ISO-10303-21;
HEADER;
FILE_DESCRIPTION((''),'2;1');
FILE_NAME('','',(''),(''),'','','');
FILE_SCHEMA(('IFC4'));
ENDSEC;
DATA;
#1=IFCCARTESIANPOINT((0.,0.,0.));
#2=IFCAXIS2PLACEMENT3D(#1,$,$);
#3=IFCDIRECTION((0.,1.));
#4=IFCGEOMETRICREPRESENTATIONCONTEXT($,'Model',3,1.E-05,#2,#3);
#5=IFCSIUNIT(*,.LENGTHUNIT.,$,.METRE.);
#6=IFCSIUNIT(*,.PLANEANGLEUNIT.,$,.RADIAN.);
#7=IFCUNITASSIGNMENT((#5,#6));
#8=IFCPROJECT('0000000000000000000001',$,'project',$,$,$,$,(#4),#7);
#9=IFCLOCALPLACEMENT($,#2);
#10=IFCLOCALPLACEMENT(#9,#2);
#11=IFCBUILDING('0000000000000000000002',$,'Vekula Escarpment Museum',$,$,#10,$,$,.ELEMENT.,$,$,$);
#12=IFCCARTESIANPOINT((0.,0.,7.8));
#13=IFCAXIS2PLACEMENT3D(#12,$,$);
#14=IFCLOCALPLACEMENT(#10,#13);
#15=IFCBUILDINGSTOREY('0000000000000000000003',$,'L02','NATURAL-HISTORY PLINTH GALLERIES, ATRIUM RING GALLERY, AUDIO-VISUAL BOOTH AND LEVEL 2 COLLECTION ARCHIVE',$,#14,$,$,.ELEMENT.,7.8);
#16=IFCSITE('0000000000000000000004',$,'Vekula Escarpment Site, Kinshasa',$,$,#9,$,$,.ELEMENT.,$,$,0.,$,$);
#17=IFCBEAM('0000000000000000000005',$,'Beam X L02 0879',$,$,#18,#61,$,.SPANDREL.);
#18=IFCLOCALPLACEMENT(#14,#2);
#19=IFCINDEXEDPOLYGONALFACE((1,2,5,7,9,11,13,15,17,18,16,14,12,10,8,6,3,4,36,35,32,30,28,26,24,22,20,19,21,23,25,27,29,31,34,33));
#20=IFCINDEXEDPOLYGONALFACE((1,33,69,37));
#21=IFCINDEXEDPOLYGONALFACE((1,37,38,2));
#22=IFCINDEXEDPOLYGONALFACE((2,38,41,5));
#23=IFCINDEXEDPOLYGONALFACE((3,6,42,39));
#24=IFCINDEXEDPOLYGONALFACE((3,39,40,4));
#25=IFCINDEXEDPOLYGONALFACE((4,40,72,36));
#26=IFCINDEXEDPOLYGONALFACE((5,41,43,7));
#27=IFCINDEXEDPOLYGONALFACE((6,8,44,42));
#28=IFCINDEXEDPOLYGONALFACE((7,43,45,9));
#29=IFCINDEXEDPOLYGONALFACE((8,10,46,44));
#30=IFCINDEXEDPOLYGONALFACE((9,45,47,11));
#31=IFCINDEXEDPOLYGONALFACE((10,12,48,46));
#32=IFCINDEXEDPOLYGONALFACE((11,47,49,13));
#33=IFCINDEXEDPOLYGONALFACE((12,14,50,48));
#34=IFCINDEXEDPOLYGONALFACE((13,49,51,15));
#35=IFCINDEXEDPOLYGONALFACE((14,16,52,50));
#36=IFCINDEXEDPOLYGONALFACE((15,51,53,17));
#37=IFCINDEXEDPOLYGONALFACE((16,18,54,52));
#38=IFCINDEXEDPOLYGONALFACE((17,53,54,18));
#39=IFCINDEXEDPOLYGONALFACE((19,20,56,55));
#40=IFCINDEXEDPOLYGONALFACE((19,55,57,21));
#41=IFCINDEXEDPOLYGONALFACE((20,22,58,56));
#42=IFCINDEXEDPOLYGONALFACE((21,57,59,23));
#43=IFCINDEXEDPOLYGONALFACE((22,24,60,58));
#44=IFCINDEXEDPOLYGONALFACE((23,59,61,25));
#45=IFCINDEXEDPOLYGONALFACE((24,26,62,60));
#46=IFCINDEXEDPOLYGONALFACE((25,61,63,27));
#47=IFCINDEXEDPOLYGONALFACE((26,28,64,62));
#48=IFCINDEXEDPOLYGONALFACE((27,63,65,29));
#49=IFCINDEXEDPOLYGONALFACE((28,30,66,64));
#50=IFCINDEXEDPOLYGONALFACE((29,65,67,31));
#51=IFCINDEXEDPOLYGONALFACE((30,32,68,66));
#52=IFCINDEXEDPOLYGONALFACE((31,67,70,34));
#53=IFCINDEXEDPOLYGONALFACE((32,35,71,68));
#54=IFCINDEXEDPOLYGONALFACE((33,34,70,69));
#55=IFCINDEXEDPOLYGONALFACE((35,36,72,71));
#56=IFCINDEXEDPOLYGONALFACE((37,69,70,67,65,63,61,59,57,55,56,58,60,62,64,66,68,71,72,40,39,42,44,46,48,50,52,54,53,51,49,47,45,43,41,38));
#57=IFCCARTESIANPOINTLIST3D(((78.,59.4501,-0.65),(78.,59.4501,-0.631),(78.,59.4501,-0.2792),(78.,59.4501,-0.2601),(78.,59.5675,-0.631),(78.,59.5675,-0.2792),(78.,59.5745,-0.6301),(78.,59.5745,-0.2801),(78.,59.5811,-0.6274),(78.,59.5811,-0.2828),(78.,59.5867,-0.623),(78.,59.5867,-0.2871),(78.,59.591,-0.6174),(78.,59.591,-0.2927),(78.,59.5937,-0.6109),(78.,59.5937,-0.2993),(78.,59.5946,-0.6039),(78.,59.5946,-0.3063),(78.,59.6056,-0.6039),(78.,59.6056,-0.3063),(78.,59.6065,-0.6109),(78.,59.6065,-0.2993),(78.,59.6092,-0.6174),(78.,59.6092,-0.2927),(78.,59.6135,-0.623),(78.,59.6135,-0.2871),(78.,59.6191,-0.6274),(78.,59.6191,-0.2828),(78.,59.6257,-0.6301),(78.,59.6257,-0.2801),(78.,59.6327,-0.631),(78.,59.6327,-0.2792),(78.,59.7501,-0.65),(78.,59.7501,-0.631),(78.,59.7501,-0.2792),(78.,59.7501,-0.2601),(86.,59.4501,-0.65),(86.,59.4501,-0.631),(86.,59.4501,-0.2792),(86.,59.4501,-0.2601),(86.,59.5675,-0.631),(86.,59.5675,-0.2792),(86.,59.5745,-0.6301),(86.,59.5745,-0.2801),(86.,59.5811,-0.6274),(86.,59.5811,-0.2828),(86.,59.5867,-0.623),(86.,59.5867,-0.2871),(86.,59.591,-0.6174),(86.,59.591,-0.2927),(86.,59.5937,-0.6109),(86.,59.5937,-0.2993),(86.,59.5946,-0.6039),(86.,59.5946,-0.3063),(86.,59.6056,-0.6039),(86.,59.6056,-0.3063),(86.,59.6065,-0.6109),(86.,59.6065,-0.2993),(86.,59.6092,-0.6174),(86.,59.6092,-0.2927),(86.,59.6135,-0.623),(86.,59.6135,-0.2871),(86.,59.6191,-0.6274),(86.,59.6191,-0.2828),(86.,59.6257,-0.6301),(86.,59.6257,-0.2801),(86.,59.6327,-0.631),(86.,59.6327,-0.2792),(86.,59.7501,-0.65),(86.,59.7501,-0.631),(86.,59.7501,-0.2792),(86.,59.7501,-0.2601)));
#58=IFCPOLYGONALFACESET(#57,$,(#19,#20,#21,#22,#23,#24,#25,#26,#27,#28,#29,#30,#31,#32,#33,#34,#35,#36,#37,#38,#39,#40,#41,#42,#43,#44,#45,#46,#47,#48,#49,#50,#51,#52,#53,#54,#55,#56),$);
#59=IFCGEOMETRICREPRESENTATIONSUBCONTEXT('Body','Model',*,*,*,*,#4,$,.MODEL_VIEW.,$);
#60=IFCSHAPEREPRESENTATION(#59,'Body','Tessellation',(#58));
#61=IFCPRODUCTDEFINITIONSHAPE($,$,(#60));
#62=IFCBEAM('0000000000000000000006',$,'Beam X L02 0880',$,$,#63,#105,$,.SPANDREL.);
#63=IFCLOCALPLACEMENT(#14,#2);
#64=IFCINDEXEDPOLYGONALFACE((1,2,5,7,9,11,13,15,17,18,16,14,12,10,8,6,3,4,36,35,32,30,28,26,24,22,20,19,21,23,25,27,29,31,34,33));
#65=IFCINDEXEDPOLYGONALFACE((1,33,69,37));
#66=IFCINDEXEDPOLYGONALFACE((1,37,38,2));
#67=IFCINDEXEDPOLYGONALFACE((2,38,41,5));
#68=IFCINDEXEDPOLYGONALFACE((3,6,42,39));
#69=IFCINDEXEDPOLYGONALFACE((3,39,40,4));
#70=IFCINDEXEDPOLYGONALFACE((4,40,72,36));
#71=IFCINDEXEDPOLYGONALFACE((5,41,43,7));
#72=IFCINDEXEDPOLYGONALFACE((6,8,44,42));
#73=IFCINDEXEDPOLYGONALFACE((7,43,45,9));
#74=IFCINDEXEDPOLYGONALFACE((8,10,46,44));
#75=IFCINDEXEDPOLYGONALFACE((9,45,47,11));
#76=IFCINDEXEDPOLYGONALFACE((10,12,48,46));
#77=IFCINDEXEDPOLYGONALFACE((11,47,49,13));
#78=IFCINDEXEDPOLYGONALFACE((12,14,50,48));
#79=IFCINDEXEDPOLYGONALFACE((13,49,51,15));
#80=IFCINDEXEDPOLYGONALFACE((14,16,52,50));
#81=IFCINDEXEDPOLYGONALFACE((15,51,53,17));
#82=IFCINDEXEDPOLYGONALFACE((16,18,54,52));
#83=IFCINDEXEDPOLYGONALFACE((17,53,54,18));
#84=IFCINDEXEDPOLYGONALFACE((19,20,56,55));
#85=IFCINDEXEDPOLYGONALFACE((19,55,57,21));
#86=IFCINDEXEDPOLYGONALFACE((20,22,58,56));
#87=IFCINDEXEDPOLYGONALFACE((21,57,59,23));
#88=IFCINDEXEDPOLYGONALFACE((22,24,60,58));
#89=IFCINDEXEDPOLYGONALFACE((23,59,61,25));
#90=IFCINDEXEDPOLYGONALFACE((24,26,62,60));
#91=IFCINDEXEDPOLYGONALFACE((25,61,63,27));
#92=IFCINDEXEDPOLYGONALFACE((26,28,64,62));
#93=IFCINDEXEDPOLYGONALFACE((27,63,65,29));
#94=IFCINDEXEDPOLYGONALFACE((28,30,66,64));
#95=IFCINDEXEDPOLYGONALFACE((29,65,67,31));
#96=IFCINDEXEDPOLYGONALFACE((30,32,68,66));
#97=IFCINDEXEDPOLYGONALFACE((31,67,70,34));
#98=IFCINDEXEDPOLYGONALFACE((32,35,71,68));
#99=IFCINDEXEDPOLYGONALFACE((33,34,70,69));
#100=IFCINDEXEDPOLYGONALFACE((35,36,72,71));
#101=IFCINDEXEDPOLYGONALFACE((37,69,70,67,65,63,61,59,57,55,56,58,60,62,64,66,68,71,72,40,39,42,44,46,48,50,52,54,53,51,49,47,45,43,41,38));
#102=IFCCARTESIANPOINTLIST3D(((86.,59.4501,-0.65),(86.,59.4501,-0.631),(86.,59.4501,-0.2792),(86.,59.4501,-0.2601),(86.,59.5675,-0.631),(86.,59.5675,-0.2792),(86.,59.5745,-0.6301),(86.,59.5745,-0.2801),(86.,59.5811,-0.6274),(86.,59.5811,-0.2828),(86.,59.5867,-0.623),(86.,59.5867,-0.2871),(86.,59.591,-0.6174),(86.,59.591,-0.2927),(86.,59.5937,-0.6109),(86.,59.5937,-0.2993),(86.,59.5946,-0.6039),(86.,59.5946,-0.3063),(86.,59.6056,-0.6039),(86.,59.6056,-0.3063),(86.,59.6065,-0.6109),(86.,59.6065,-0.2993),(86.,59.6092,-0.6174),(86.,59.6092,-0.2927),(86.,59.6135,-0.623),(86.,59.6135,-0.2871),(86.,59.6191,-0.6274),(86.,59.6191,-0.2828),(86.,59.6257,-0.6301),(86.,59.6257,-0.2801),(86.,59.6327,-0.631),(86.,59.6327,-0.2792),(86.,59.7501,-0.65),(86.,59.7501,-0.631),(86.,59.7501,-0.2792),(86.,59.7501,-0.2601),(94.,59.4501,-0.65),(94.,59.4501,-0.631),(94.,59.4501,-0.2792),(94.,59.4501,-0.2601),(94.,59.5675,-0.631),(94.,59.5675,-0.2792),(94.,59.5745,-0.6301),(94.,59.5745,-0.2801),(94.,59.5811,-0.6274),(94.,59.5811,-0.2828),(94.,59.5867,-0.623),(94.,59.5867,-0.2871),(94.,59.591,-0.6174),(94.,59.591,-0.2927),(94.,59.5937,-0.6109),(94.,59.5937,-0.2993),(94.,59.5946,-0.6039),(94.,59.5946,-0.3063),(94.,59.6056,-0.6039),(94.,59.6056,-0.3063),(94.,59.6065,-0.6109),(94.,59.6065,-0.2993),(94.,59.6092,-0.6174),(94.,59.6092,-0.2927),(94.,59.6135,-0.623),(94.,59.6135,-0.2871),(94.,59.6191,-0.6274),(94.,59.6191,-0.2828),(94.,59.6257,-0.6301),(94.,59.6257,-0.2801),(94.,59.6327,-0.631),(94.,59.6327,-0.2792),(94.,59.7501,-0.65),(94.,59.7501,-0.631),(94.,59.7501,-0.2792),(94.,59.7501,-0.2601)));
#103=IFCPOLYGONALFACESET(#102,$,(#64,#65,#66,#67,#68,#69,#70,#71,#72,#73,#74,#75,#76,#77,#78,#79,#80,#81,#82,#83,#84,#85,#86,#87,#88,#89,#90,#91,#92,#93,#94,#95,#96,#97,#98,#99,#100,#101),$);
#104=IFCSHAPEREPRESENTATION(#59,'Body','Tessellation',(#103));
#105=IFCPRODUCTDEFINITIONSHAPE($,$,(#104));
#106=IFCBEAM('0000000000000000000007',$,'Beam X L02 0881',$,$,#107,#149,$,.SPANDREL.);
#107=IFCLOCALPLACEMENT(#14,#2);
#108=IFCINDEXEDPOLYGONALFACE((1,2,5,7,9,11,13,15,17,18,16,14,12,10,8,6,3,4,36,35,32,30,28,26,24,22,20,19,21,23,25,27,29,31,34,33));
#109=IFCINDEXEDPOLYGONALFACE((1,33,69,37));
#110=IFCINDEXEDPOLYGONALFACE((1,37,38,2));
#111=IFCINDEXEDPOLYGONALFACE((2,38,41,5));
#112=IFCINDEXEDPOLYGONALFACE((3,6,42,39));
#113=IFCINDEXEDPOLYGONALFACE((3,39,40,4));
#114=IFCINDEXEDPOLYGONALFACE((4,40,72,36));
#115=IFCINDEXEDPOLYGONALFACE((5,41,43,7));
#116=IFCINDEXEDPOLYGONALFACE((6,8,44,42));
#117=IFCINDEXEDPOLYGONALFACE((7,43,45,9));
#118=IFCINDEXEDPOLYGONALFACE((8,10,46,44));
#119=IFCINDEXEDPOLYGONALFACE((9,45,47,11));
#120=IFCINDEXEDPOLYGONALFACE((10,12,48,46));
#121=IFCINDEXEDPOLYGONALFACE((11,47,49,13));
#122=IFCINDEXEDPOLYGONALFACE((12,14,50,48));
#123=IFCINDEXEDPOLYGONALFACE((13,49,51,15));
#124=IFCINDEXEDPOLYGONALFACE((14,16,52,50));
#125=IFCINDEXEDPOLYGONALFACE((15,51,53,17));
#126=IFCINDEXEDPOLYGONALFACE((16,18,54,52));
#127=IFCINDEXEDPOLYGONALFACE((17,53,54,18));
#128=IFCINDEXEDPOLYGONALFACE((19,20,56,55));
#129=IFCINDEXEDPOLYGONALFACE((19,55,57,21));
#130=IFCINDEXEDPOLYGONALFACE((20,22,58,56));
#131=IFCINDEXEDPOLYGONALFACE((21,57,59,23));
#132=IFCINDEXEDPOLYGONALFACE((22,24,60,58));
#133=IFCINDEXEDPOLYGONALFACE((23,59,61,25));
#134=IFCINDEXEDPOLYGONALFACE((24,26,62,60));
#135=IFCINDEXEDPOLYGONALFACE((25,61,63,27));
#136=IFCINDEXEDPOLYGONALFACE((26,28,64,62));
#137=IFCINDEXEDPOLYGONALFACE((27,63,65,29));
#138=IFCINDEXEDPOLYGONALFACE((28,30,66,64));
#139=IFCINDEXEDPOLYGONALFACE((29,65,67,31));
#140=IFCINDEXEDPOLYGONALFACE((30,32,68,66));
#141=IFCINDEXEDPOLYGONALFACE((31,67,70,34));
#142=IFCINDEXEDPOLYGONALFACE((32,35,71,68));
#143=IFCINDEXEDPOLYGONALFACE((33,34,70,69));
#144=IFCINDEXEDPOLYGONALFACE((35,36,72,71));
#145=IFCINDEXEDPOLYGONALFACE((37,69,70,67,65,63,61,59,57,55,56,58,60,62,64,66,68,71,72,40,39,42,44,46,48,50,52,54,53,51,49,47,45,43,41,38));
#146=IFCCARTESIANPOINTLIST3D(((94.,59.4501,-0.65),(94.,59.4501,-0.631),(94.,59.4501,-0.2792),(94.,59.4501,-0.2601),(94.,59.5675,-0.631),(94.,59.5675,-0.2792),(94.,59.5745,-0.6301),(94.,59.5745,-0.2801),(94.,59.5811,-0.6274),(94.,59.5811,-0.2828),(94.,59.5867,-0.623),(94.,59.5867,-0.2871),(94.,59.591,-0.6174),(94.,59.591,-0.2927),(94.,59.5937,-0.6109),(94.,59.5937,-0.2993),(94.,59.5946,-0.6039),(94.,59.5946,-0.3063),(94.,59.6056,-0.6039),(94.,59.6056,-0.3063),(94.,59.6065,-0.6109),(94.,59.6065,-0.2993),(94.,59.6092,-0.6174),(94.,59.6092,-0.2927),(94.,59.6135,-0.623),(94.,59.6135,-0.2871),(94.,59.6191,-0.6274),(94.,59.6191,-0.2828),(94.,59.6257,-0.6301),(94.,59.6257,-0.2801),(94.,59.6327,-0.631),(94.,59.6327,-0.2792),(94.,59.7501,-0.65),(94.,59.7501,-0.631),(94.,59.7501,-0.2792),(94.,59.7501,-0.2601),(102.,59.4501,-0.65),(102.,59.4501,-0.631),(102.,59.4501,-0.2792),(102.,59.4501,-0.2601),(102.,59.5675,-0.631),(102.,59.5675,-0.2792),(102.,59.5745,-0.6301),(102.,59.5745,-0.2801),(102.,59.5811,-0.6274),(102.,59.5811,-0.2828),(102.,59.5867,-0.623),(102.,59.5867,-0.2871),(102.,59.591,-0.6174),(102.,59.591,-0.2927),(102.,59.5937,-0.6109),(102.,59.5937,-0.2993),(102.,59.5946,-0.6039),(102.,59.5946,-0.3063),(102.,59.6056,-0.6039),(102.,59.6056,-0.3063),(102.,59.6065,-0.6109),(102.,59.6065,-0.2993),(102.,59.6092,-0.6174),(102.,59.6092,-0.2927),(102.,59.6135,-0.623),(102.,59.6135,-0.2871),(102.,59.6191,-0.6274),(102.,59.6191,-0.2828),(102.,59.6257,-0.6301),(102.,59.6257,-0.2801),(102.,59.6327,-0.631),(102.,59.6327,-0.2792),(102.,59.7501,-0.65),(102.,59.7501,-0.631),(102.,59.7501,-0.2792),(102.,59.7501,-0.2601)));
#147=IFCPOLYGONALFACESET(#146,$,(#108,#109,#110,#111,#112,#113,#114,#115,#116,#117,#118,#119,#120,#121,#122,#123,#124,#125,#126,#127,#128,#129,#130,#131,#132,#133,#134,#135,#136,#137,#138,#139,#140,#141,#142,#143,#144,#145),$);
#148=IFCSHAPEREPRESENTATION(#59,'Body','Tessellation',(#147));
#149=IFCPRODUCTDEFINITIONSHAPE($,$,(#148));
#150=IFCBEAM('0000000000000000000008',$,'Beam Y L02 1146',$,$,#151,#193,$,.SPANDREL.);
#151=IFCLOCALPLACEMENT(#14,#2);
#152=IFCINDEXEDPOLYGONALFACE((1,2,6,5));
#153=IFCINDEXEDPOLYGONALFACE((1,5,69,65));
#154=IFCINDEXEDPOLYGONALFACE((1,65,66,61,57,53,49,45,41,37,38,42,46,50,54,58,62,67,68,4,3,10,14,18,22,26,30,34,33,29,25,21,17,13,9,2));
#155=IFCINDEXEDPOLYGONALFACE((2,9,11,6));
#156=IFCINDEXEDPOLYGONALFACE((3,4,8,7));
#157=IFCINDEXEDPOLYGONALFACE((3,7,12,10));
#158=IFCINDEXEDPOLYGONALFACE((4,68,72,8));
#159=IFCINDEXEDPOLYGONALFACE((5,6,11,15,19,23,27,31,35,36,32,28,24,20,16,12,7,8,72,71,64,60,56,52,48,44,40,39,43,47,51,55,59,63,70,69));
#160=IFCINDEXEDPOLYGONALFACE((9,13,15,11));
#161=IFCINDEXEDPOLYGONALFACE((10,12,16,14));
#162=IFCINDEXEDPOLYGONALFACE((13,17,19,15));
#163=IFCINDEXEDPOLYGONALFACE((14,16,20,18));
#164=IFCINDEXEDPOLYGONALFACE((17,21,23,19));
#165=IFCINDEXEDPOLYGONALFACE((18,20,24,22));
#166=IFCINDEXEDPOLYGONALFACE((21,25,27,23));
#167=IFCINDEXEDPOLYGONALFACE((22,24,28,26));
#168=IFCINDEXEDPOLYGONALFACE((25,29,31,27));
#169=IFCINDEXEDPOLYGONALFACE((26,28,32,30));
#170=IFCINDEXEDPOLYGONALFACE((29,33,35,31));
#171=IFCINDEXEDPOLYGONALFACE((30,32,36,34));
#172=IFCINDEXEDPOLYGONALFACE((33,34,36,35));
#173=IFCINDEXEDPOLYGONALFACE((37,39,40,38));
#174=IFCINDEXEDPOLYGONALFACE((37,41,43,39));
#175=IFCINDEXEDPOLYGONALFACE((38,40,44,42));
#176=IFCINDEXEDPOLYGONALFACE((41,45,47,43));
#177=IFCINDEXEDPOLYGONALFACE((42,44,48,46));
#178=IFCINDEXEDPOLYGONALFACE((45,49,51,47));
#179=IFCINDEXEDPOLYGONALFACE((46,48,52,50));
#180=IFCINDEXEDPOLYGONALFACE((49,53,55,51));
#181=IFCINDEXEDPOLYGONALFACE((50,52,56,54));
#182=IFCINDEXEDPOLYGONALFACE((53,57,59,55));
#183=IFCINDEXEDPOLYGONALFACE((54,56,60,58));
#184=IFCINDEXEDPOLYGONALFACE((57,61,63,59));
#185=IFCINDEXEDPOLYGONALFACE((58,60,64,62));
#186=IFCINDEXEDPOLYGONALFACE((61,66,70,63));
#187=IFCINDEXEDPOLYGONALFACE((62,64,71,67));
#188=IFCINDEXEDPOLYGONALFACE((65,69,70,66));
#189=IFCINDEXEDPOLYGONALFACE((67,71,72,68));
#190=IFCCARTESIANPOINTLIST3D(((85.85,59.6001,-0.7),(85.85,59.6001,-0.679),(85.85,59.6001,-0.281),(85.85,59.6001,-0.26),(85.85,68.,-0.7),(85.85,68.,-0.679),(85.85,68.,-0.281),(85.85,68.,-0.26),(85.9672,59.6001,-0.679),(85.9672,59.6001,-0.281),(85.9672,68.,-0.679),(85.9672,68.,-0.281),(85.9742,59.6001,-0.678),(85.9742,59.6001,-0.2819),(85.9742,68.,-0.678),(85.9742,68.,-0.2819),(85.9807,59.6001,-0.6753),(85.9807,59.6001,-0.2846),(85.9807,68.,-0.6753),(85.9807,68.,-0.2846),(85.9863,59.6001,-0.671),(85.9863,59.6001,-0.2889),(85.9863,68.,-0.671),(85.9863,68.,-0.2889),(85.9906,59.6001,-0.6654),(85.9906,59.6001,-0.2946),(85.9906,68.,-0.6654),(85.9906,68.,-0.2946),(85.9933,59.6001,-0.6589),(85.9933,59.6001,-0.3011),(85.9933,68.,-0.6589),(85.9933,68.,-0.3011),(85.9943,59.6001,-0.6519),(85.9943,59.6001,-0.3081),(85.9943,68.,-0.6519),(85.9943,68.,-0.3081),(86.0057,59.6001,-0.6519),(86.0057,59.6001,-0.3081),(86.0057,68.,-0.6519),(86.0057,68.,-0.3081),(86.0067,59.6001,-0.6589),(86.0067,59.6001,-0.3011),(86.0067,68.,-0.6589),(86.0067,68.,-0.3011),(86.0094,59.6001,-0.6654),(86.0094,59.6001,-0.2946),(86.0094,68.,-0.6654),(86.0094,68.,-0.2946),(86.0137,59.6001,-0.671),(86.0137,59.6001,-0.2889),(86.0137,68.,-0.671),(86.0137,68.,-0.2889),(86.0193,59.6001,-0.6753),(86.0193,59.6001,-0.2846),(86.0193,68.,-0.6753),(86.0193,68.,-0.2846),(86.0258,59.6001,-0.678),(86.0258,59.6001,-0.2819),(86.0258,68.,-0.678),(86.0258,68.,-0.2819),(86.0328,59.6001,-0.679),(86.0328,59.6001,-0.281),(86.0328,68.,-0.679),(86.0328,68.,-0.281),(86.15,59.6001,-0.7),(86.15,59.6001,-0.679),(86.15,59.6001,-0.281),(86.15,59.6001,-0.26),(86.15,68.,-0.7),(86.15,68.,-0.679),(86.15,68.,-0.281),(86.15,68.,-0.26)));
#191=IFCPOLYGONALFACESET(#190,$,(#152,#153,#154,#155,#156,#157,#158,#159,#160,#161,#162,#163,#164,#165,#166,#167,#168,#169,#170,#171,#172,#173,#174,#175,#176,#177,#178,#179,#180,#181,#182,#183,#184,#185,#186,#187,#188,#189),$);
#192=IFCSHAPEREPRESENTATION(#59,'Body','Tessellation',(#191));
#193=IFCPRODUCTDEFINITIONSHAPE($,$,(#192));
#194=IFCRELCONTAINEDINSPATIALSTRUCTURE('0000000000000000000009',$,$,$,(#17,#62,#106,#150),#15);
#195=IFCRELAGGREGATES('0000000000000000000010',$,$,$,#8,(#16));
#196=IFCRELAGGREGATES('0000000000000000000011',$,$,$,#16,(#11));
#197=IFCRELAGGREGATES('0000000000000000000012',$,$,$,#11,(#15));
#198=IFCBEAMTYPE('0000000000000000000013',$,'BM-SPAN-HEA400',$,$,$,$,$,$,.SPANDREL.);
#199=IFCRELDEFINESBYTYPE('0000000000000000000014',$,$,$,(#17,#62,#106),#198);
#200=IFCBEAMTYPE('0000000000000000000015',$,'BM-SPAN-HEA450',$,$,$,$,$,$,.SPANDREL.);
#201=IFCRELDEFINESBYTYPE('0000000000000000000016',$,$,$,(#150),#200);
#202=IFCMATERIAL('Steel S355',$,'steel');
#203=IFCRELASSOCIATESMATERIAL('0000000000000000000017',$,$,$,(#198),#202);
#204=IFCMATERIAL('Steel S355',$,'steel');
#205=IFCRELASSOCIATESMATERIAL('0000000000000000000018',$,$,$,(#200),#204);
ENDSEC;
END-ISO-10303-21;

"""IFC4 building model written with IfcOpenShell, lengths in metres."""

from ifc_helpers import new_model, si_unit, direction, frame, origin, origin_2d, place, context, subcontext, project, spatial, i_section, extrude, material, material_profile, profile_set, type_object, element, save


model = new_model("IFC4")

# Units and contexts
model_context = context("Model", 3, precision=1e-05, world=origin(), true_north=direction((0.0, 1.0)))
body_context = subcontext(model_context, "Body", "Model", "MODEL_VIEW")
ifc_project = project(units=[si_unit("LENGTHUNIT", "METRE"), si_unit("PLANEANGLEUNIT", "RADIAN")], contexts=[model_context])

# Site, building, storey
site_placement = place(None, origin())
site = spatial("IfcSite", under=ifc_project, at=site_placement, Name="Vekula Escarpment Site, Kinshasa", CompositionType="ELEMENT", RefElevation=0.0)
building_placement = place(site_placement, origin())
building = spatial("IfcBuilding", under=site, at=building_placement, Name="Vekula Escarpment Museum", CompositionType="ELEMENT")
storey_placement = place(building_placement, frame((0.0, 0.0, 7.8)))
storey = spatial("IfcBuildingStorey", under=building, at=storey_placement, Name="L02", Description="NATURAL-HISTORY PLINTH GALLERIES, ATRIUM RING GALLERY, AUDIO-VISUAL BOOTH AND LEVEL 2 COLLECTION ARCHIVE", CompositionType="ELEMENT", Elevation=7.8)

# Beams
ifc_material_1 = material(Name="Steel S355", Category="steel")
ifc_material_profile_1 = material_profile(ifc_material_1, i_section(OverallWidth=0.3, OverallDepth=0.3899, WebThickness=0.011, FlangeThickness=0.019, FilletRadius=0.0271, at=origin_2d()), Name="HEA 400")
ifc_profile_set_1 = profile_set([ifc_material_profile_1], Name="Steel S355")
beam_type_1 = type_object("IfcBeamType", Name="BM-SPAN-HEA400", PredefinedType="SPANDREL", material=ifc_profile_set_1)
for number, where, z_axis, x_axis, name in (
    (1, (78.0, 59.6001, -0.4551), (1.0, 0.0, 0.0), (0.0, 1.0, 0.0), "Beam X L02 0879"),
    (2, (86.0, 59.6001, -0.4551), (1.0, 0.0, 0.0), (0.0, 1.0, 0.0), "Beam X L02 0880"),
    (3, (94.0, 59.6001, -0.4551), (1.0, 0.0, 0.0), (0.0, 1.0, 0.0), "Beam X L02 0881"),
):
    element("IfcBeam", number, at=place(storey_placement, frame(where, z_axis=z_axis, x_axis=x_axis)), inside=storey, type_object=beam_type_1, Name=name, PredefinedType="SPANDREL", context=body_context, shape_type="SweptSolid", body=[
        extrude(i_section(OverallWidth=0.3, OverallDepth=0.3899, WebThickness=0.011, FlangeThickness=0.019, FilletRadius=0.0271, at=origin_2d()), origin(), (0.0, 0.0, 1.0), 8.0),
    ])
ifc_material_2 = material(Name="Steel S355", Category="steel")
ifc_material_profile_2 = material_profile(ifc_material_2, i_section(OverallWidth=0.3, OverallDepth=0.4399, WebThickness=0.0115, FlangeThickness=0.021, FilletRadius=0.0271, at=origin_2d()), Name="HEA 450")
ifc_profile_set_2 = profile_set([ifc_material_profile_2], Name="Steel S355")
beam_type_2 = type_object("IfcBeamType", Name="BM-SPAN-HEA450", PredefinedType="SPANDREL", material=ifc_profile_set_2)
for number, where, z_axis, x_axis, name in (
    (4, (86.0, 59.6001, -0.48), (0.0, 1.0, 0.0), (-1.0, 0.0, 0.0), "Beam Y L02 1146"),
):
    element("IfcBeam", number, at=place(storey_placement, frame(where, z_axis=z_axis, x_axis=x_axis)), inside=storey, type_object=beam_type_2, Name=name, PredefinedType="SPANDREL", context=body_context, shape_type="SweptSolid", body=[
        extrude(i_section(OverallWidth=0.3, OverallDepth=0.4399, WebThickness=0.0115, FlangeThickness=0.021, FilletRadius=0.0271, at=origin_2d()), origin(), (0.0, 0.0, 1.0), 8.3999),
    ])

save(model, "model.ifc")
